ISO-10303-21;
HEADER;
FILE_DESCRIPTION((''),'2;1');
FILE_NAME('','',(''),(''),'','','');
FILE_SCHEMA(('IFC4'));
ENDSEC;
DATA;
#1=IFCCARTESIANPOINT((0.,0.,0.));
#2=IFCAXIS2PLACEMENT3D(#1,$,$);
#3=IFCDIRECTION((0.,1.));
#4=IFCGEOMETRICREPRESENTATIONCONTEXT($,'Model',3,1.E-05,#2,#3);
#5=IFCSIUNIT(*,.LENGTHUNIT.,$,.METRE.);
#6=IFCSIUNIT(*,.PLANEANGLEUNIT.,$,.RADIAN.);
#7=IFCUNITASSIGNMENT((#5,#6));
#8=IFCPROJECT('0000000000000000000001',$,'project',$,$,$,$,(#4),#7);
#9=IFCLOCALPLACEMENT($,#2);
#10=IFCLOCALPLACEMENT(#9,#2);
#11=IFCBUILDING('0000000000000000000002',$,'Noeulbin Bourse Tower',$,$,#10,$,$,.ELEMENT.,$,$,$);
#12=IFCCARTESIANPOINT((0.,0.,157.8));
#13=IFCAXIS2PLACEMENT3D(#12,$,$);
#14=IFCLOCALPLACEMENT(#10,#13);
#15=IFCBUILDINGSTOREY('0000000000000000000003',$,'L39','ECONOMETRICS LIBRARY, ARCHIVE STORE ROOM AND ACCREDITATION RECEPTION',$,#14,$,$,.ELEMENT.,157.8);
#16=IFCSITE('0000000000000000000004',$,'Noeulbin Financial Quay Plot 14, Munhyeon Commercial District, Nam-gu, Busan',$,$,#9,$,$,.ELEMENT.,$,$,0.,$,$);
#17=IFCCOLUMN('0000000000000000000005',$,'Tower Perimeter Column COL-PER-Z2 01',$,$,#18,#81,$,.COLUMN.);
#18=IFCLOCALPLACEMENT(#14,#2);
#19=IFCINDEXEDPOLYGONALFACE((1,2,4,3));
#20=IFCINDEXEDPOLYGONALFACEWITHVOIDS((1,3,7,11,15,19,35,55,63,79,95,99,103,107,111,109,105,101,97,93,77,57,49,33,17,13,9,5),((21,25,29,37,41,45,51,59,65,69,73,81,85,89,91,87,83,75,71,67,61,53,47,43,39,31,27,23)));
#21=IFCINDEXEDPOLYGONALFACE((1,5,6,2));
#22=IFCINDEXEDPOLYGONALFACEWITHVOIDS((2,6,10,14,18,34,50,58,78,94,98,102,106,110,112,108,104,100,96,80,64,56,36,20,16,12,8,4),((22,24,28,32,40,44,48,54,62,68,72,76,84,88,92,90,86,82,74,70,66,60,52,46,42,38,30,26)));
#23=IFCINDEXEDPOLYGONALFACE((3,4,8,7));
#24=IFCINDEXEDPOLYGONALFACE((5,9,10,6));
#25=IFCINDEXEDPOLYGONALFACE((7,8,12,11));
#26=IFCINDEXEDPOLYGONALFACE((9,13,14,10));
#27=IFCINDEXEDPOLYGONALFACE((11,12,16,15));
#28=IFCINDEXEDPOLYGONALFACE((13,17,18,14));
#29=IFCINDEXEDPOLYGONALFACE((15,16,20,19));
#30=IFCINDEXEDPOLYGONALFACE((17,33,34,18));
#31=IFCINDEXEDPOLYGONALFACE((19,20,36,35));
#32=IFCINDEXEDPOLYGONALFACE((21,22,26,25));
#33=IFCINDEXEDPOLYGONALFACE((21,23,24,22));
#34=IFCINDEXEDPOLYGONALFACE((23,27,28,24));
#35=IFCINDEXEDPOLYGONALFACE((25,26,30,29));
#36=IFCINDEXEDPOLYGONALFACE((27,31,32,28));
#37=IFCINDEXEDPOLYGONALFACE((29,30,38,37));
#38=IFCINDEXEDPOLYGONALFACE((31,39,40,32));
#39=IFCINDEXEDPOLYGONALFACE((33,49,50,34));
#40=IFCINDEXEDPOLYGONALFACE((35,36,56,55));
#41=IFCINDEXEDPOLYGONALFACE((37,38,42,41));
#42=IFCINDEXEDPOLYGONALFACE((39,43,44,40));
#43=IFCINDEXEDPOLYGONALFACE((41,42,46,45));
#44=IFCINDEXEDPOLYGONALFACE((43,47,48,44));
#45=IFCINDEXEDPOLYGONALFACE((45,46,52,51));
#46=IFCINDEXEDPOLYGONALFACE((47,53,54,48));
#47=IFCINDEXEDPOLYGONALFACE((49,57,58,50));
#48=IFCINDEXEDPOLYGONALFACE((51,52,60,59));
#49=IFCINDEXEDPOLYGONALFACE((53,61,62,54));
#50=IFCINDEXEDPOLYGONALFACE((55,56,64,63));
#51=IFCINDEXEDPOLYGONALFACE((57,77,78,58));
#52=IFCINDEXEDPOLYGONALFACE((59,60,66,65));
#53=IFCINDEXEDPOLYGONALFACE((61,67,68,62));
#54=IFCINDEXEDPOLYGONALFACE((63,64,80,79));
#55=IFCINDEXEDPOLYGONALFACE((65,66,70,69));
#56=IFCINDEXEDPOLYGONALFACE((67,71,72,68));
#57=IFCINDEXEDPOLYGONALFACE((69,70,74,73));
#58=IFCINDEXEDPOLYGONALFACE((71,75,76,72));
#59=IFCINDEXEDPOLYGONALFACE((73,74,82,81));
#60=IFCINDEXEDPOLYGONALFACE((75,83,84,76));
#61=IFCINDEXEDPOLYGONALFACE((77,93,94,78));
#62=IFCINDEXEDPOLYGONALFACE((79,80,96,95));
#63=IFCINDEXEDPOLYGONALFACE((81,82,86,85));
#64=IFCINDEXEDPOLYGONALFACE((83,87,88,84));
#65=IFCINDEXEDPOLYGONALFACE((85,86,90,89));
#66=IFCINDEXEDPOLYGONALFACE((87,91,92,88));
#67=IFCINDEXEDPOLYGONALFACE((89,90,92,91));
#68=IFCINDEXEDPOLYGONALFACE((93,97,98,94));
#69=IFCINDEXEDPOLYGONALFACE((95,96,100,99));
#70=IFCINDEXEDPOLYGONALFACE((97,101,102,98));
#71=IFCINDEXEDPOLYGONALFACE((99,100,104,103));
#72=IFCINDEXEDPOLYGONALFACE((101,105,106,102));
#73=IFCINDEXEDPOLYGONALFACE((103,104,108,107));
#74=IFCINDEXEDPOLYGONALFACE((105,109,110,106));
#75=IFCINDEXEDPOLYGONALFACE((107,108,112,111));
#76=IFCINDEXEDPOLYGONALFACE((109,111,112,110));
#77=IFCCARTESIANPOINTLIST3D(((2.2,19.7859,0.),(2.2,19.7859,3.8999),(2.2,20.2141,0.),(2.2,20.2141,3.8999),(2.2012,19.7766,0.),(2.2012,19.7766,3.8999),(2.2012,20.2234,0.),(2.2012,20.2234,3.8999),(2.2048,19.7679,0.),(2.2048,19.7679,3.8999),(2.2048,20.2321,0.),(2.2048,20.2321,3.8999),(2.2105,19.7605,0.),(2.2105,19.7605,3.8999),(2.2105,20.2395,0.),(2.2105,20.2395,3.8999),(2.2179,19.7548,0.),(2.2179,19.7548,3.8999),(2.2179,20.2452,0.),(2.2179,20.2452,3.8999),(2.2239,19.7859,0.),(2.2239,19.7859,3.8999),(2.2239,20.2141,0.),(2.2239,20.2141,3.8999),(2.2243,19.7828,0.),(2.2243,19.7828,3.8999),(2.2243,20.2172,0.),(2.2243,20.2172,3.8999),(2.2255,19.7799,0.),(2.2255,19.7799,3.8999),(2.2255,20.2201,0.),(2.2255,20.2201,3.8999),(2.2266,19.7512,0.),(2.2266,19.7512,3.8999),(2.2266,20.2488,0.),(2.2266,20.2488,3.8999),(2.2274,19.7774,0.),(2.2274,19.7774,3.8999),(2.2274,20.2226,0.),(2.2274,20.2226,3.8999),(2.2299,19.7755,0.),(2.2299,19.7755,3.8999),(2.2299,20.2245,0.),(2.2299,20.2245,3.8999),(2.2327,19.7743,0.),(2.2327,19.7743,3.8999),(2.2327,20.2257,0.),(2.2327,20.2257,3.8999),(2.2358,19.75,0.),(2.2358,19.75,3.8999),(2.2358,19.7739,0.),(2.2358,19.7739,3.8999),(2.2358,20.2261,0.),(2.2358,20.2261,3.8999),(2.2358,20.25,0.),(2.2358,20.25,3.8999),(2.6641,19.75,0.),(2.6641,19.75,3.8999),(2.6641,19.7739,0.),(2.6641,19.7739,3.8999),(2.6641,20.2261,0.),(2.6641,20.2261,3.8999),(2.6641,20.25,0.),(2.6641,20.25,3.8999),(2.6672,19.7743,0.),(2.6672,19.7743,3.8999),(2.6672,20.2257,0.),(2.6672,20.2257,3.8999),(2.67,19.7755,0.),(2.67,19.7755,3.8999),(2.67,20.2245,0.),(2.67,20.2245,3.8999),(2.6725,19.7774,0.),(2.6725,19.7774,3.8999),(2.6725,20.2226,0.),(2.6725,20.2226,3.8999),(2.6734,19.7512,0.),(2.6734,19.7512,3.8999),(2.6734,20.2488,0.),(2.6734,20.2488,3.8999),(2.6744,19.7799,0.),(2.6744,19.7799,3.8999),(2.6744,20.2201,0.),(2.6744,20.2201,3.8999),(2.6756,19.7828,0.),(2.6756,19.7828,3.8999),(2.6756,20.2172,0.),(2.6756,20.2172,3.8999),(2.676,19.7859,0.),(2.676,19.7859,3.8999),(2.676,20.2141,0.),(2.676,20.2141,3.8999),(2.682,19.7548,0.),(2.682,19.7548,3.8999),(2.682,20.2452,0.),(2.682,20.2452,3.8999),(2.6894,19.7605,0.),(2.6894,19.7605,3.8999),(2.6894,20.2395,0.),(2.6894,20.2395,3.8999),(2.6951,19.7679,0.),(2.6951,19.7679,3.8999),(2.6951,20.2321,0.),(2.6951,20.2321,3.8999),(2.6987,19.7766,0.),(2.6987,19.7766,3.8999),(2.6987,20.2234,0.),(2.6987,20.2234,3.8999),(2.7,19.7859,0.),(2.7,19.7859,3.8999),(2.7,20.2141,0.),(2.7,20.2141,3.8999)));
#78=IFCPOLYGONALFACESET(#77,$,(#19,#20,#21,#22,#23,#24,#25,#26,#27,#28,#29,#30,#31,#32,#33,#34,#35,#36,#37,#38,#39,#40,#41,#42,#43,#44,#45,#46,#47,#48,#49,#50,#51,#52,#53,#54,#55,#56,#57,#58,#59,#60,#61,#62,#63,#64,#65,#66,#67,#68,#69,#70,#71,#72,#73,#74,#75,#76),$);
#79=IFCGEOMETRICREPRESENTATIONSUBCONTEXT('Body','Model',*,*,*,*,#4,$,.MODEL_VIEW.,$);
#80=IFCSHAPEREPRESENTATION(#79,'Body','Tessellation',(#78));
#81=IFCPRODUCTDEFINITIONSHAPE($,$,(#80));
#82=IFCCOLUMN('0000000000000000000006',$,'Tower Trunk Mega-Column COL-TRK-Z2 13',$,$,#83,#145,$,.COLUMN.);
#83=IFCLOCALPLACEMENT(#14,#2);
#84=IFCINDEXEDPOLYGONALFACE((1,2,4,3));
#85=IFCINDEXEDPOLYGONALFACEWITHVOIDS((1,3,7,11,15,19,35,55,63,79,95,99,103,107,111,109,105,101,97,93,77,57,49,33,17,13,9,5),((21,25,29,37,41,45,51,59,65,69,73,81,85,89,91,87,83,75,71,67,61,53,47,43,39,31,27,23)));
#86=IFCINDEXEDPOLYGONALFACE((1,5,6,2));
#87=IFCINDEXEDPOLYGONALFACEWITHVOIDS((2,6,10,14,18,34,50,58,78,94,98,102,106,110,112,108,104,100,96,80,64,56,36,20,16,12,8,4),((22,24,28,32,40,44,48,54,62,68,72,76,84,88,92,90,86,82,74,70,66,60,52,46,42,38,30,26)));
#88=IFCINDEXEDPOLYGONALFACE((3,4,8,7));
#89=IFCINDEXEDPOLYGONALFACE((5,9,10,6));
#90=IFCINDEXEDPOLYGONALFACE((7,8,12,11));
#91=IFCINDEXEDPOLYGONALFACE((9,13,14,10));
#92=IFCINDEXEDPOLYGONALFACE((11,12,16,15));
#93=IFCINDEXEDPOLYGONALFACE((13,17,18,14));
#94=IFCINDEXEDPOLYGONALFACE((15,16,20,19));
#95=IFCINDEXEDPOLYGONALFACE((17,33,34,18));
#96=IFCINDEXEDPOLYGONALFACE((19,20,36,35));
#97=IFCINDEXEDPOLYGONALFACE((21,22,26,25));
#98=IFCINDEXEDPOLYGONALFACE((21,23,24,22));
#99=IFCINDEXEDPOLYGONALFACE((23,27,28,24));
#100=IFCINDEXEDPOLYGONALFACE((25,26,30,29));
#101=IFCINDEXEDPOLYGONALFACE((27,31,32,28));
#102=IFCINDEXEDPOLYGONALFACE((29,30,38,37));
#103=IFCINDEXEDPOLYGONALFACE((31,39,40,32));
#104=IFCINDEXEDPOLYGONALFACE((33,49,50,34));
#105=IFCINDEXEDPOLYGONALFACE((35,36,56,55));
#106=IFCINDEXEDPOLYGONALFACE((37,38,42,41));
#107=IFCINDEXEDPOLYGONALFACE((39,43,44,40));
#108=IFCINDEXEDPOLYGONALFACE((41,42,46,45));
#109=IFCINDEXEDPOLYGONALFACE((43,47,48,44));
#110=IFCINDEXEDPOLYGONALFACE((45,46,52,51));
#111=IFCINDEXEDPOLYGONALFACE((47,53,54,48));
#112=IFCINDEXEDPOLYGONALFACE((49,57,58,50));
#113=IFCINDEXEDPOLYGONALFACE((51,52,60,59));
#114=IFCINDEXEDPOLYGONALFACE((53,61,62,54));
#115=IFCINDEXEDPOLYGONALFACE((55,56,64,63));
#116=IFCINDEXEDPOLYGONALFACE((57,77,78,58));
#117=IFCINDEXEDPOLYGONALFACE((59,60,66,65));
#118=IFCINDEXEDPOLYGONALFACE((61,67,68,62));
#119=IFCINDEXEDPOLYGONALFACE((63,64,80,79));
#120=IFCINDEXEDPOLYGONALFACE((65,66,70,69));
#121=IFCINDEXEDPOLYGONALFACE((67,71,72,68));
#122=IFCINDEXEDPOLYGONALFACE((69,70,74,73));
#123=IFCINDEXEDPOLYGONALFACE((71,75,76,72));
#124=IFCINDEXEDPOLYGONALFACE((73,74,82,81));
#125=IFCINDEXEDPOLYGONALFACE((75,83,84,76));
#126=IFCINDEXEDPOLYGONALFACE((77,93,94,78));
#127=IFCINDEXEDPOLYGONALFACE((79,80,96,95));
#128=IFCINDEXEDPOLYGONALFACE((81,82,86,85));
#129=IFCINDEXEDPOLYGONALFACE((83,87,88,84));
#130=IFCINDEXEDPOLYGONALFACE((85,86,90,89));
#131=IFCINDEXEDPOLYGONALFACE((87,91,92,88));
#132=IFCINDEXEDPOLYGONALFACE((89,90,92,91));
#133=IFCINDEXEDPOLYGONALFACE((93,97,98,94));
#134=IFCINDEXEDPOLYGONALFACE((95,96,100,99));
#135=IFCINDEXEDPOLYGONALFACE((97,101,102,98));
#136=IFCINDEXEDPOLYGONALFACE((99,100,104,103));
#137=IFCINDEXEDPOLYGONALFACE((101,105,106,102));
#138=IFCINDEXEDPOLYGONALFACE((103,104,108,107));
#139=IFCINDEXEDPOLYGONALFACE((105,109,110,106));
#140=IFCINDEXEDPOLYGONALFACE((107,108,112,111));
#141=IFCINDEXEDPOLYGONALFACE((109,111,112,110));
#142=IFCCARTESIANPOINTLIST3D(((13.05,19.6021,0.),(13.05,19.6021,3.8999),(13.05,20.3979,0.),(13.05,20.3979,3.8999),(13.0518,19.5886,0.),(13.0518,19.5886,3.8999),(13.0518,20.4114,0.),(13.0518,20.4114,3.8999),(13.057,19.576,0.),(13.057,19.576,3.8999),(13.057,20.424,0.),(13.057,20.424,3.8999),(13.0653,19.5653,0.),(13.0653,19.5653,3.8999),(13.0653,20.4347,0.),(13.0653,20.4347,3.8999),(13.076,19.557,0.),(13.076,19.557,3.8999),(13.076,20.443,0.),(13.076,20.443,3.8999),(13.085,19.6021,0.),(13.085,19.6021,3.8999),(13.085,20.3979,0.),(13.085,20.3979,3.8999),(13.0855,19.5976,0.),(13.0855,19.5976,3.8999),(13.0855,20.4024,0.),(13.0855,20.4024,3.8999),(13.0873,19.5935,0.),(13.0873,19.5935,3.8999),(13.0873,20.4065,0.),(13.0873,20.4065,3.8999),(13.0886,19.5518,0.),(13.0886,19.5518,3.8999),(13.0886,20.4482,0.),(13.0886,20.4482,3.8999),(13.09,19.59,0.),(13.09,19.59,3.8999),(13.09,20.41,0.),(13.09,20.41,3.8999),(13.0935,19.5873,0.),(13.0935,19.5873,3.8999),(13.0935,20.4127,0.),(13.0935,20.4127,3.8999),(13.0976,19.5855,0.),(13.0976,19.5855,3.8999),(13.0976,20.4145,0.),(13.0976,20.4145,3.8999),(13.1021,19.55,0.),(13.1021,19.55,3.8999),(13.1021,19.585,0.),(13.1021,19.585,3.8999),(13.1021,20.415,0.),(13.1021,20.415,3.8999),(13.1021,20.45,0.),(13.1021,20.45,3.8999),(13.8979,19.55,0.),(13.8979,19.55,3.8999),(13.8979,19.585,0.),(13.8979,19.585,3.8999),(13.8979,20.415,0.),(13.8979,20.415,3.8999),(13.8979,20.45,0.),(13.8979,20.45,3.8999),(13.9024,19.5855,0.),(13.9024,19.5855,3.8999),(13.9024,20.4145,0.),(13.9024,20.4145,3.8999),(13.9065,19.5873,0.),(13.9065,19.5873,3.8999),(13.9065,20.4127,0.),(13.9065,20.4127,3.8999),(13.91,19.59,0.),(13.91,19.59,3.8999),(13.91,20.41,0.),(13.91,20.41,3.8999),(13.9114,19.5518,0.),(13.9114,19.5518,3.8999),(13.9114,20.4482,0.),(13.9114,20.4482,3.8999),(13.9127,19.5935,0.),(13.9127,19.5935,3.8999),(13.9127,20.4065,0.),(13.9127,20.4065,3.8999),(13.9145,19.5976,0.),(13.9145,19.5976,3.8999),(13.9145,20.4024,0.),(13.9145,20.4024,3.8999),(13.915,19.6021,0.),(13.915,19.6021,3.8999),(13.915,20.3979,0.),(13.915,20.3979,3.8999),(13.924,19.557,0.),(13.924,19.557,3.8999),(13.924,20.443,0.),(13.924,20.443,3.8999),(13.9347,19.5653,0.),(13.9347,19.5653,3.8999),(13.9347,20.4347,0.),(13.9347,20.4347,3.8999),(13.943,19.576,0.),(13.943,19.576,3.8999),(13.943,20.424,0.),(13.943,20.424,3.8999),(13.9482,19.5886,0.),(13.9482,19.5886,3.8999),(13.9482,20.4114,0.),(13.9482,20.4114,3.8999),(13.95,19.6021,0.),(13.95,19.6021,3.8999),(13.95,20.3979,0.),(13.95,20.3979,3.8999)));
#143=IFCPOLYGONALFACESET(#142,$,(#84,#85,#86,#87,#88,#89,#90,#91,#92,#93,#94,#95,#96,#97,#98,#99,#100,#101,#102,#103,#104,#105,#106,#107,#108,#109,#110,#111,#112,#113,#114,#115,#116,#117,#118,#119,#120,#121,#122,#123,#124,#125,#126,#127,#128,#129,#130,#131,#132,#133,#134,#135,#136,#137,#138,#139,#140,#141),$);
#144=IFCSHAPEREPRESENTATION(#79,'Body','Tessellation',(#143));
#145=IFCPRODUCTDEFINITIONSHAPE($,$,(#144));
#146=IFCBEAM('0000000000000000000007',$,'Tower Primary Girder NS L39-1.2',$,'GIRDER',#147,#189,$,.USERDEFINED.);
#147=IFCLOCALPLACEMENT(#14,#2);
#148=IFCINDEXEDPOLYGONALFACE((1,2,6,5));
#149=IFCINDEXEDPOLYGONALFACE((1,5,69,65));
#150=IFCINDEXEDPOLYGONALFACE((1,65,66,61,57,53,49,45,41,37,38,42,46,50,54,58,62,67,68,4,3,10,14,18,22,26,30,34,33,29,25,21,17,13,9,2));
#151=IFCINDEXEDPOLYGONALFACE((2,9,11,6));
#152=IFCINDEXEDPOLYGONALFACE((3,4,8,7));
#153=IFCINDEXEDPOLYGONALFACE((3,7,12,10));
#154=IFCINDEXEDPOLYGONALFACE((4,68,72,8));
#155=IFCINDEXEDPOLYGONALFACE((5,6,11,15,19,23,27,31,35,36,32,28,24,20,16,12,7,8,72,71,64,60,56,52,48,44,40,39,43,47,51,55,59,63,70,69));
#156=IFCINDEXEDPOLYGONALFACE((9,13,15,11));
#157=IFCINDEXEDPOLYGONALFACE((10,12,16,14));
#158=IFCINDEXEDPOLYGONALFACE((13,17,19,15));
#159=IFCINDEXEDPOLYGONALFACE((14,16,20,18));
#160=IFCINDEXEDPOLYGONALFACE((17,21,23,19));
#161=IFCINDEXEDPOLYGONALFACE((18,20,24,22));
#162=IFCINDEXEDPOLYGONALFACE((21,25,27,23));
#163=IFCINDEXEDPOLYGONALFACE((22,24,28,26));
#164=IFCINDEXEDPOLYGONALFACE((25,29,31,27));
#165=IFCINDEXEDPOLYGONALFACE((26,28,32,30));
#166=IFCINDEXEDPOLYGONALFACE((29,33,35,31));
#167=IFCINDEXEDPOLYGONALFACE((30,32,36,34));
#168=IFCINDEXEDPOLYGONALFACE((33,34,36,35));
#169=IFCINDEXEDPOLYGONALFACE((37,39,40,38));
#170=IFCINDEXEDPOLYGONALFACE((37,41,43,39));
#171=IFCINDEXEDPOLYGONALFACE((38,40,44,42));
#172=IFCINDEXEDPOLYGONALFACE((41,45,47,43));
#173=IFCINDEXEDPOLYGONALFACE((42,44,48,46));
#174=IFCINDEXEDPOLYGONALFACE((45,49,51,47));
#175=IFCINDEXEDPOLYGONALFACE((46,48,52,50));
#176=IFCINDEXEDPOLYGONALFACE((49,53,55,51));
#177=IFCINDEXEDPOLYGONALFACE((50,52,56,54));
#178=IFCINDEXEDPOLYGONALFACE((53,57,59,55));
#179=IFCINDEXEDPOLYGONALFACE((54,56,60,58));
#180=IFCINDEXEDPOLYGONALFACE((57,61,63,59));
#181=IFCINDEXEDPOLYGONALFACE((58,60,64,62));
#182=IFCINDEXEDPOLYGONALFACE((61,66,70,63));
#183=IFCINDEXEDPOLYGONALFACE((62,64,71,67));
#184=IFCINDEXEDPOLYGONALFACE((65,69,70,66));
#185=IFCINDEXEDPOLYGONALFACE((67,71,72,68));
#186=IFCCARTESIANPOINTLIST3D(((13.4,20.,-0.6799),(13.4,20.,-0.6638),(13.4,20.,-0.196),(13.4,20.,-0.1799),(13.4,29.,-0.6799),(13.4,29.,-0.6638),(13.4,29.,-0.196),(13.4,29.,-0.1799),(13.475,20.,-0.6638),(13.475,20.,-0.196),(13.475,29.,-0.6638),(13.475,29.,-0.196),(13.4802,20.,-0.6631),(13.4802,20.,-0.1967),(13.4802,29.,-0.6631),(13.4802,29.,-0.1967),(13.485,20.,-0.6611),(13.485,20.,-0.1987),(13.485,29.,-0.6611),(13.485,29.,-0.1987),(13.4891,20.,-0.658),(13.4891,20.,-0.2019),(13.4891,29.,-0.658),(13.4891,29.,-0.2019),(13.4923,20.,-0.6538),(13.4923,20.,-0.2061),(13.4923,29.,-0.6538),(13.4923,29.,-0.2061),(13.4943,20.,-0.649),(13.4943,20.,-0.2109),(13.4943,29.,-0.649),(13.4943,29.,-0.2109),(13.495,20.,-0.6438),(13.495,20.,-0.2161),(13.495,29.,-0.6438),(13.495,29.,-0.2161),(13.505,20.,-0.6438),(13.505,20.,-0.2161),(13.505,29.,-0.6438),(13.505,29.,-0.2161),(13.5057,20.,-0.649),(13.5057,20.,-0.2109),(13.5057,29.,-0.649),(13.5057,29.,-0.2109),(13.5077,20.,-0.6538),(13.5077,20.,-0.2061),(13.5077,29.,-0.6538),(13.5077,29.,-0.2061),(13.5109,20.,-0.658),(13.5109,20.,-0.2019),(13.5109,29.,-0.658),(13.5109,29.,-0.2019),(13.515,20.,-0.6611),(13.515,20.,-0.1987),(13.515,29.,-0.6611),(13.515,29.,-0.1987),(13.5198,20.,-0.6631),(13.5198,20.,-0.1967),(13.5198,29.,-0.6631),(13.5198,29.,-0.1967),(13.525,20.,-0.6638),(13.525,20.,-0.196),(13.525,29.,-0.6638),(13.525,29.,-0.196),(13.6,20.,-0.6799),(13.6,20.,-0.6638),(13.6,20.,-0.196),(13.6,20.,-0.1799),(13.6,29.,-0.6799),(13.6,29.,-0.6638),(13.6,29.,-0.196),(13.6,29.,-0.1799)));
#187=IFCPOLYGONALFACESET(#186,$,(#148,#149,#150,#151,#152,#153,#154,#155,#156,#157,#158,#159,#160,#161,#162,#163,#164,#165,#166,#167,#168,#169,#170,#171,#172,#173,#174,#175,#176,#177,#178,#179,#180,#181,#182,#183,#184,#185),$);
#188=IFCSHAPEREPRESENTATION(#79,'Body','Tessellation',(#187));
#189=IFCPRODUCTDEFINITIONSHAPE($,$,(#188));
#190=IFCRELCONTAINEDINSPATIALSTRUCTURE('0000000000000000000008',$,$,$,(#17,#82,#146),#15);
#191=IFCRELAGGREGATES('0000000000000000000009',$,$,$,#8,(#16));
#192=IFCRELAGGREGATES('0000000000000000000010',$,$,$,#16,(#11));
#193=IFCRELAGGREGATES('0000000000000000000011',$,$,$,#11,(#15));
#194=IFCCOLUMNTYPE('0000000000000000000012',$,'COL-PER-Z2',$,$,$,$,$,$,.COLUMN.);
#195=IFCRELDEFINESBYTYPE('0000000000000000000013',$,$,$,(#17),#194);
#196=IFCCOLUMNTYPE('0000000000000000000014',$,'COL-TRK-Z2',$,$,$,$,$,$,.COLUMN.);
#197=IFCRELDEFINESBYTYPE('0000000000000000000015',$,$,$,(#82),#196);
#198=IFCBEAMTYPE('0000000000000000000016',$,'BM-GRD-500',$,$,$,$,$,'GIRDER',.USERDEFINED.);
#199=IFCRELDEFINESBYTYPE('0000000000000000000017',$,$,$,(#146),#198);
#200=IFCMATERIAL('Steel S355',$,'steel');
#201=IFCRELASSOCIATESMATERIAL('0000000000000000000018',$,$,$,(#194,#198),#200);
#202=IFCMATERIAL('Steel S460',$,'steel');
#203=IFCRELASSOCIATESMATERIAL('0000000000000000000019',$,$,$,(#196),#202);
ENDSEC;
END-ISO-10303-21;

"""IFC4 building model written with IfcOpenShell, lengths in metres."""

from ifc_helpers import new_model, si_unit, direction, frame, origin, origin_2d, place, context, subcontext, project, spatial, hollow_rectangle, i_section, extrude, material, material_profile, profile_set, type_object, element, save


model = new_model("IFC4")

# Units and contexts
model_context = context("Model", 3, precision=1e-05, world=origin(), true_north=direction((0.0, 1.0)))
body_context = subcontext(model_context, "Body", "Model", "MODEL_VIEW")
ifc_project = project(units=[si_unit("LENGTHUNIT", "METRE"), si_unit("PLANEANGLEUNIT", "RADIAN")], contexts=[model_context])

# Site, building, storey
site_placement = place(None, origin())
site = spatial("IfcSite", under=ifc_project, at=site_placement, Name="Noeulbin Financial Quay Plot 14, Munhyeon Commercial District, Nam-gu, Busan", CompositionType="ELEMENT", RefElevation=0.0)
building_placement = place(site_placement, origin())
building = spatial("IfcBuilding", under=site, at=building_placement, Name="Noeulbin Bourse Tower", CompositionType="ELEMENT")
storey_placement = place(building_placement, frame((0.0, 0.0, 157.8)))
storey = spatial("IfcBuildingStorey", under=building, at=storey_placement, Name="L39", Description="ECONOMETRICS LIBRARY, ARCHIVE STORE ROOM AND ACCREDITATION RECEPTION", CompositionType="ELEMENT", Elevation=157.8)

# Columns
ifc_material_1 = material(Name="Steel S355", Category="steel")
ifc_material_profile_1 = material_profile(ifc_material_1, hollow_rectangle(XDim=0.5, YDim=0.5, WallThickness=0.0239, InnerFilletRadius=0.012, OuterFilletRadius=0.0359, at=origin_2d()), Name="BOX-500x500x24", Category="LoadBearing")
ifc_profile_set_1 = profile_set([ifc_material_profile_1], Name="Steel S355")
column_type_1 = type_object("IfcColumnType", Name="COL-PER-Z2", PredefinedType="COLUMN", material=ifc_profile_set_1)
column_1_placement = place(storey_placement, frame((2.45, 20.0, 0.0), z_axis=(0.0, 0.0, 1.0), x_axis=(1.0, 0.0, 0.0)))
element("IfcColumn", 1, at=column_1_placement, inside=storey, type_object=column_type_1, Name="Tower Perimeter Column COL-PER-Z2 01", PredefinedType="COLUMN", context=body_context, shape_type="SweptSolid", body=[
    extrude(hollow_rectangle(XDim=0.5, YDim=0.5, WallThickness=0.0239, InnerFilletRadius=0.012, OuterFilletRadius=0.0359, at=origin_2d()), origin(), (0.0, 0.0, 1.0), 3.8999),
])
ifc_material_2 = material(Name="Steel S460", Category="steel")
ifc_material_profile_2 = material_profile(ifc_material_2, hollow_rectangle(XDim=0.8999, YDim=0.8999, WallThickness=0.0349, InnerFilletRadius=0.0171, OuterFilletRadius=0.052, at=origin_2d()), Name="BOX-900x900x35", Category="LoadBearing")
ifc_profile_set_2 = profile_set([ifc_material_profile_2], Name="Steel S460")
column_type_2 = type_object("IfcColumnType", Name="COL-TRK-Z2", PredefinedType="COLUMN", material=ifc_profile_set_2)
column_2_placement = place(storey_placement, frame((13.5, 20.0, 0.0), z_axis=(0.0, 0.0, 1.0), x_axis=(1.0, 0.0, 0.0)))
element("IfcColumn", 2, at=column_2_placement, inside=storey, type_object=column_type_2, Name="Tower Trunk Mega-Column COL-TRK-Z2 13", PredefinedType="COLUMN", context=body_context, shape_type="SweptSolid", body=[
    extrude(hollow_rectangle(XDim=0.8999, YDim=0.8999, WallThickness=0.0349, InnerFilletRadius=0.0171, OuterFilletRadius=0.052, at=origin_2d()), origin(), (0.0, 0.0, 1.0), 3.8999),
])

# Beam
ifc_material_profile_3 = material_profile(ifc_material_1, i_section(OverallWidth=0.2, OverallDepth=0.5, WebThickness=0.01, FlangeThickness=0.0161, FilletRadius=0.02, at=origin_2d()), Name="H-500x200x10x16", Category="LoadBearing")
ifc_profile_set_3 = profile_set([ifc_material_profile_3], Name="Steel S355")
beam_type_1 = type_object("IfcBeamType", Name="BM-GRD-500", ElementType="GIRDER", PredefinedType="USERDEFINED", material=ifc_profile_set_3)
beam_1_placement = place(storey_placement, frame((13.5, 20.0, -0.4299), z_axis=(0.0, 1.0, 0.0), x_axis=(-1.0, 0.0, 0.0)))
element("IfcBeam", 3, at=beam_1_placement, inside=storey, type_object=beam_type_1, Name="Tower Primary Girder NS L39-1.2", ObjectType="GIRDER", PredefinedType="USERDEFINED", context=body_context, shape_type="SweptSolid", body=[
    extrude(i_section(OverallWidth=0.2, OverallDepth=0.5, WebThickness=0.01, FlangeThickness=0.0161, FilletRadius=0.02, at=origin_2d()), origin(), (0.0, 0.0, 1.0), 9.0),
])

save(model, "model.ifc")
